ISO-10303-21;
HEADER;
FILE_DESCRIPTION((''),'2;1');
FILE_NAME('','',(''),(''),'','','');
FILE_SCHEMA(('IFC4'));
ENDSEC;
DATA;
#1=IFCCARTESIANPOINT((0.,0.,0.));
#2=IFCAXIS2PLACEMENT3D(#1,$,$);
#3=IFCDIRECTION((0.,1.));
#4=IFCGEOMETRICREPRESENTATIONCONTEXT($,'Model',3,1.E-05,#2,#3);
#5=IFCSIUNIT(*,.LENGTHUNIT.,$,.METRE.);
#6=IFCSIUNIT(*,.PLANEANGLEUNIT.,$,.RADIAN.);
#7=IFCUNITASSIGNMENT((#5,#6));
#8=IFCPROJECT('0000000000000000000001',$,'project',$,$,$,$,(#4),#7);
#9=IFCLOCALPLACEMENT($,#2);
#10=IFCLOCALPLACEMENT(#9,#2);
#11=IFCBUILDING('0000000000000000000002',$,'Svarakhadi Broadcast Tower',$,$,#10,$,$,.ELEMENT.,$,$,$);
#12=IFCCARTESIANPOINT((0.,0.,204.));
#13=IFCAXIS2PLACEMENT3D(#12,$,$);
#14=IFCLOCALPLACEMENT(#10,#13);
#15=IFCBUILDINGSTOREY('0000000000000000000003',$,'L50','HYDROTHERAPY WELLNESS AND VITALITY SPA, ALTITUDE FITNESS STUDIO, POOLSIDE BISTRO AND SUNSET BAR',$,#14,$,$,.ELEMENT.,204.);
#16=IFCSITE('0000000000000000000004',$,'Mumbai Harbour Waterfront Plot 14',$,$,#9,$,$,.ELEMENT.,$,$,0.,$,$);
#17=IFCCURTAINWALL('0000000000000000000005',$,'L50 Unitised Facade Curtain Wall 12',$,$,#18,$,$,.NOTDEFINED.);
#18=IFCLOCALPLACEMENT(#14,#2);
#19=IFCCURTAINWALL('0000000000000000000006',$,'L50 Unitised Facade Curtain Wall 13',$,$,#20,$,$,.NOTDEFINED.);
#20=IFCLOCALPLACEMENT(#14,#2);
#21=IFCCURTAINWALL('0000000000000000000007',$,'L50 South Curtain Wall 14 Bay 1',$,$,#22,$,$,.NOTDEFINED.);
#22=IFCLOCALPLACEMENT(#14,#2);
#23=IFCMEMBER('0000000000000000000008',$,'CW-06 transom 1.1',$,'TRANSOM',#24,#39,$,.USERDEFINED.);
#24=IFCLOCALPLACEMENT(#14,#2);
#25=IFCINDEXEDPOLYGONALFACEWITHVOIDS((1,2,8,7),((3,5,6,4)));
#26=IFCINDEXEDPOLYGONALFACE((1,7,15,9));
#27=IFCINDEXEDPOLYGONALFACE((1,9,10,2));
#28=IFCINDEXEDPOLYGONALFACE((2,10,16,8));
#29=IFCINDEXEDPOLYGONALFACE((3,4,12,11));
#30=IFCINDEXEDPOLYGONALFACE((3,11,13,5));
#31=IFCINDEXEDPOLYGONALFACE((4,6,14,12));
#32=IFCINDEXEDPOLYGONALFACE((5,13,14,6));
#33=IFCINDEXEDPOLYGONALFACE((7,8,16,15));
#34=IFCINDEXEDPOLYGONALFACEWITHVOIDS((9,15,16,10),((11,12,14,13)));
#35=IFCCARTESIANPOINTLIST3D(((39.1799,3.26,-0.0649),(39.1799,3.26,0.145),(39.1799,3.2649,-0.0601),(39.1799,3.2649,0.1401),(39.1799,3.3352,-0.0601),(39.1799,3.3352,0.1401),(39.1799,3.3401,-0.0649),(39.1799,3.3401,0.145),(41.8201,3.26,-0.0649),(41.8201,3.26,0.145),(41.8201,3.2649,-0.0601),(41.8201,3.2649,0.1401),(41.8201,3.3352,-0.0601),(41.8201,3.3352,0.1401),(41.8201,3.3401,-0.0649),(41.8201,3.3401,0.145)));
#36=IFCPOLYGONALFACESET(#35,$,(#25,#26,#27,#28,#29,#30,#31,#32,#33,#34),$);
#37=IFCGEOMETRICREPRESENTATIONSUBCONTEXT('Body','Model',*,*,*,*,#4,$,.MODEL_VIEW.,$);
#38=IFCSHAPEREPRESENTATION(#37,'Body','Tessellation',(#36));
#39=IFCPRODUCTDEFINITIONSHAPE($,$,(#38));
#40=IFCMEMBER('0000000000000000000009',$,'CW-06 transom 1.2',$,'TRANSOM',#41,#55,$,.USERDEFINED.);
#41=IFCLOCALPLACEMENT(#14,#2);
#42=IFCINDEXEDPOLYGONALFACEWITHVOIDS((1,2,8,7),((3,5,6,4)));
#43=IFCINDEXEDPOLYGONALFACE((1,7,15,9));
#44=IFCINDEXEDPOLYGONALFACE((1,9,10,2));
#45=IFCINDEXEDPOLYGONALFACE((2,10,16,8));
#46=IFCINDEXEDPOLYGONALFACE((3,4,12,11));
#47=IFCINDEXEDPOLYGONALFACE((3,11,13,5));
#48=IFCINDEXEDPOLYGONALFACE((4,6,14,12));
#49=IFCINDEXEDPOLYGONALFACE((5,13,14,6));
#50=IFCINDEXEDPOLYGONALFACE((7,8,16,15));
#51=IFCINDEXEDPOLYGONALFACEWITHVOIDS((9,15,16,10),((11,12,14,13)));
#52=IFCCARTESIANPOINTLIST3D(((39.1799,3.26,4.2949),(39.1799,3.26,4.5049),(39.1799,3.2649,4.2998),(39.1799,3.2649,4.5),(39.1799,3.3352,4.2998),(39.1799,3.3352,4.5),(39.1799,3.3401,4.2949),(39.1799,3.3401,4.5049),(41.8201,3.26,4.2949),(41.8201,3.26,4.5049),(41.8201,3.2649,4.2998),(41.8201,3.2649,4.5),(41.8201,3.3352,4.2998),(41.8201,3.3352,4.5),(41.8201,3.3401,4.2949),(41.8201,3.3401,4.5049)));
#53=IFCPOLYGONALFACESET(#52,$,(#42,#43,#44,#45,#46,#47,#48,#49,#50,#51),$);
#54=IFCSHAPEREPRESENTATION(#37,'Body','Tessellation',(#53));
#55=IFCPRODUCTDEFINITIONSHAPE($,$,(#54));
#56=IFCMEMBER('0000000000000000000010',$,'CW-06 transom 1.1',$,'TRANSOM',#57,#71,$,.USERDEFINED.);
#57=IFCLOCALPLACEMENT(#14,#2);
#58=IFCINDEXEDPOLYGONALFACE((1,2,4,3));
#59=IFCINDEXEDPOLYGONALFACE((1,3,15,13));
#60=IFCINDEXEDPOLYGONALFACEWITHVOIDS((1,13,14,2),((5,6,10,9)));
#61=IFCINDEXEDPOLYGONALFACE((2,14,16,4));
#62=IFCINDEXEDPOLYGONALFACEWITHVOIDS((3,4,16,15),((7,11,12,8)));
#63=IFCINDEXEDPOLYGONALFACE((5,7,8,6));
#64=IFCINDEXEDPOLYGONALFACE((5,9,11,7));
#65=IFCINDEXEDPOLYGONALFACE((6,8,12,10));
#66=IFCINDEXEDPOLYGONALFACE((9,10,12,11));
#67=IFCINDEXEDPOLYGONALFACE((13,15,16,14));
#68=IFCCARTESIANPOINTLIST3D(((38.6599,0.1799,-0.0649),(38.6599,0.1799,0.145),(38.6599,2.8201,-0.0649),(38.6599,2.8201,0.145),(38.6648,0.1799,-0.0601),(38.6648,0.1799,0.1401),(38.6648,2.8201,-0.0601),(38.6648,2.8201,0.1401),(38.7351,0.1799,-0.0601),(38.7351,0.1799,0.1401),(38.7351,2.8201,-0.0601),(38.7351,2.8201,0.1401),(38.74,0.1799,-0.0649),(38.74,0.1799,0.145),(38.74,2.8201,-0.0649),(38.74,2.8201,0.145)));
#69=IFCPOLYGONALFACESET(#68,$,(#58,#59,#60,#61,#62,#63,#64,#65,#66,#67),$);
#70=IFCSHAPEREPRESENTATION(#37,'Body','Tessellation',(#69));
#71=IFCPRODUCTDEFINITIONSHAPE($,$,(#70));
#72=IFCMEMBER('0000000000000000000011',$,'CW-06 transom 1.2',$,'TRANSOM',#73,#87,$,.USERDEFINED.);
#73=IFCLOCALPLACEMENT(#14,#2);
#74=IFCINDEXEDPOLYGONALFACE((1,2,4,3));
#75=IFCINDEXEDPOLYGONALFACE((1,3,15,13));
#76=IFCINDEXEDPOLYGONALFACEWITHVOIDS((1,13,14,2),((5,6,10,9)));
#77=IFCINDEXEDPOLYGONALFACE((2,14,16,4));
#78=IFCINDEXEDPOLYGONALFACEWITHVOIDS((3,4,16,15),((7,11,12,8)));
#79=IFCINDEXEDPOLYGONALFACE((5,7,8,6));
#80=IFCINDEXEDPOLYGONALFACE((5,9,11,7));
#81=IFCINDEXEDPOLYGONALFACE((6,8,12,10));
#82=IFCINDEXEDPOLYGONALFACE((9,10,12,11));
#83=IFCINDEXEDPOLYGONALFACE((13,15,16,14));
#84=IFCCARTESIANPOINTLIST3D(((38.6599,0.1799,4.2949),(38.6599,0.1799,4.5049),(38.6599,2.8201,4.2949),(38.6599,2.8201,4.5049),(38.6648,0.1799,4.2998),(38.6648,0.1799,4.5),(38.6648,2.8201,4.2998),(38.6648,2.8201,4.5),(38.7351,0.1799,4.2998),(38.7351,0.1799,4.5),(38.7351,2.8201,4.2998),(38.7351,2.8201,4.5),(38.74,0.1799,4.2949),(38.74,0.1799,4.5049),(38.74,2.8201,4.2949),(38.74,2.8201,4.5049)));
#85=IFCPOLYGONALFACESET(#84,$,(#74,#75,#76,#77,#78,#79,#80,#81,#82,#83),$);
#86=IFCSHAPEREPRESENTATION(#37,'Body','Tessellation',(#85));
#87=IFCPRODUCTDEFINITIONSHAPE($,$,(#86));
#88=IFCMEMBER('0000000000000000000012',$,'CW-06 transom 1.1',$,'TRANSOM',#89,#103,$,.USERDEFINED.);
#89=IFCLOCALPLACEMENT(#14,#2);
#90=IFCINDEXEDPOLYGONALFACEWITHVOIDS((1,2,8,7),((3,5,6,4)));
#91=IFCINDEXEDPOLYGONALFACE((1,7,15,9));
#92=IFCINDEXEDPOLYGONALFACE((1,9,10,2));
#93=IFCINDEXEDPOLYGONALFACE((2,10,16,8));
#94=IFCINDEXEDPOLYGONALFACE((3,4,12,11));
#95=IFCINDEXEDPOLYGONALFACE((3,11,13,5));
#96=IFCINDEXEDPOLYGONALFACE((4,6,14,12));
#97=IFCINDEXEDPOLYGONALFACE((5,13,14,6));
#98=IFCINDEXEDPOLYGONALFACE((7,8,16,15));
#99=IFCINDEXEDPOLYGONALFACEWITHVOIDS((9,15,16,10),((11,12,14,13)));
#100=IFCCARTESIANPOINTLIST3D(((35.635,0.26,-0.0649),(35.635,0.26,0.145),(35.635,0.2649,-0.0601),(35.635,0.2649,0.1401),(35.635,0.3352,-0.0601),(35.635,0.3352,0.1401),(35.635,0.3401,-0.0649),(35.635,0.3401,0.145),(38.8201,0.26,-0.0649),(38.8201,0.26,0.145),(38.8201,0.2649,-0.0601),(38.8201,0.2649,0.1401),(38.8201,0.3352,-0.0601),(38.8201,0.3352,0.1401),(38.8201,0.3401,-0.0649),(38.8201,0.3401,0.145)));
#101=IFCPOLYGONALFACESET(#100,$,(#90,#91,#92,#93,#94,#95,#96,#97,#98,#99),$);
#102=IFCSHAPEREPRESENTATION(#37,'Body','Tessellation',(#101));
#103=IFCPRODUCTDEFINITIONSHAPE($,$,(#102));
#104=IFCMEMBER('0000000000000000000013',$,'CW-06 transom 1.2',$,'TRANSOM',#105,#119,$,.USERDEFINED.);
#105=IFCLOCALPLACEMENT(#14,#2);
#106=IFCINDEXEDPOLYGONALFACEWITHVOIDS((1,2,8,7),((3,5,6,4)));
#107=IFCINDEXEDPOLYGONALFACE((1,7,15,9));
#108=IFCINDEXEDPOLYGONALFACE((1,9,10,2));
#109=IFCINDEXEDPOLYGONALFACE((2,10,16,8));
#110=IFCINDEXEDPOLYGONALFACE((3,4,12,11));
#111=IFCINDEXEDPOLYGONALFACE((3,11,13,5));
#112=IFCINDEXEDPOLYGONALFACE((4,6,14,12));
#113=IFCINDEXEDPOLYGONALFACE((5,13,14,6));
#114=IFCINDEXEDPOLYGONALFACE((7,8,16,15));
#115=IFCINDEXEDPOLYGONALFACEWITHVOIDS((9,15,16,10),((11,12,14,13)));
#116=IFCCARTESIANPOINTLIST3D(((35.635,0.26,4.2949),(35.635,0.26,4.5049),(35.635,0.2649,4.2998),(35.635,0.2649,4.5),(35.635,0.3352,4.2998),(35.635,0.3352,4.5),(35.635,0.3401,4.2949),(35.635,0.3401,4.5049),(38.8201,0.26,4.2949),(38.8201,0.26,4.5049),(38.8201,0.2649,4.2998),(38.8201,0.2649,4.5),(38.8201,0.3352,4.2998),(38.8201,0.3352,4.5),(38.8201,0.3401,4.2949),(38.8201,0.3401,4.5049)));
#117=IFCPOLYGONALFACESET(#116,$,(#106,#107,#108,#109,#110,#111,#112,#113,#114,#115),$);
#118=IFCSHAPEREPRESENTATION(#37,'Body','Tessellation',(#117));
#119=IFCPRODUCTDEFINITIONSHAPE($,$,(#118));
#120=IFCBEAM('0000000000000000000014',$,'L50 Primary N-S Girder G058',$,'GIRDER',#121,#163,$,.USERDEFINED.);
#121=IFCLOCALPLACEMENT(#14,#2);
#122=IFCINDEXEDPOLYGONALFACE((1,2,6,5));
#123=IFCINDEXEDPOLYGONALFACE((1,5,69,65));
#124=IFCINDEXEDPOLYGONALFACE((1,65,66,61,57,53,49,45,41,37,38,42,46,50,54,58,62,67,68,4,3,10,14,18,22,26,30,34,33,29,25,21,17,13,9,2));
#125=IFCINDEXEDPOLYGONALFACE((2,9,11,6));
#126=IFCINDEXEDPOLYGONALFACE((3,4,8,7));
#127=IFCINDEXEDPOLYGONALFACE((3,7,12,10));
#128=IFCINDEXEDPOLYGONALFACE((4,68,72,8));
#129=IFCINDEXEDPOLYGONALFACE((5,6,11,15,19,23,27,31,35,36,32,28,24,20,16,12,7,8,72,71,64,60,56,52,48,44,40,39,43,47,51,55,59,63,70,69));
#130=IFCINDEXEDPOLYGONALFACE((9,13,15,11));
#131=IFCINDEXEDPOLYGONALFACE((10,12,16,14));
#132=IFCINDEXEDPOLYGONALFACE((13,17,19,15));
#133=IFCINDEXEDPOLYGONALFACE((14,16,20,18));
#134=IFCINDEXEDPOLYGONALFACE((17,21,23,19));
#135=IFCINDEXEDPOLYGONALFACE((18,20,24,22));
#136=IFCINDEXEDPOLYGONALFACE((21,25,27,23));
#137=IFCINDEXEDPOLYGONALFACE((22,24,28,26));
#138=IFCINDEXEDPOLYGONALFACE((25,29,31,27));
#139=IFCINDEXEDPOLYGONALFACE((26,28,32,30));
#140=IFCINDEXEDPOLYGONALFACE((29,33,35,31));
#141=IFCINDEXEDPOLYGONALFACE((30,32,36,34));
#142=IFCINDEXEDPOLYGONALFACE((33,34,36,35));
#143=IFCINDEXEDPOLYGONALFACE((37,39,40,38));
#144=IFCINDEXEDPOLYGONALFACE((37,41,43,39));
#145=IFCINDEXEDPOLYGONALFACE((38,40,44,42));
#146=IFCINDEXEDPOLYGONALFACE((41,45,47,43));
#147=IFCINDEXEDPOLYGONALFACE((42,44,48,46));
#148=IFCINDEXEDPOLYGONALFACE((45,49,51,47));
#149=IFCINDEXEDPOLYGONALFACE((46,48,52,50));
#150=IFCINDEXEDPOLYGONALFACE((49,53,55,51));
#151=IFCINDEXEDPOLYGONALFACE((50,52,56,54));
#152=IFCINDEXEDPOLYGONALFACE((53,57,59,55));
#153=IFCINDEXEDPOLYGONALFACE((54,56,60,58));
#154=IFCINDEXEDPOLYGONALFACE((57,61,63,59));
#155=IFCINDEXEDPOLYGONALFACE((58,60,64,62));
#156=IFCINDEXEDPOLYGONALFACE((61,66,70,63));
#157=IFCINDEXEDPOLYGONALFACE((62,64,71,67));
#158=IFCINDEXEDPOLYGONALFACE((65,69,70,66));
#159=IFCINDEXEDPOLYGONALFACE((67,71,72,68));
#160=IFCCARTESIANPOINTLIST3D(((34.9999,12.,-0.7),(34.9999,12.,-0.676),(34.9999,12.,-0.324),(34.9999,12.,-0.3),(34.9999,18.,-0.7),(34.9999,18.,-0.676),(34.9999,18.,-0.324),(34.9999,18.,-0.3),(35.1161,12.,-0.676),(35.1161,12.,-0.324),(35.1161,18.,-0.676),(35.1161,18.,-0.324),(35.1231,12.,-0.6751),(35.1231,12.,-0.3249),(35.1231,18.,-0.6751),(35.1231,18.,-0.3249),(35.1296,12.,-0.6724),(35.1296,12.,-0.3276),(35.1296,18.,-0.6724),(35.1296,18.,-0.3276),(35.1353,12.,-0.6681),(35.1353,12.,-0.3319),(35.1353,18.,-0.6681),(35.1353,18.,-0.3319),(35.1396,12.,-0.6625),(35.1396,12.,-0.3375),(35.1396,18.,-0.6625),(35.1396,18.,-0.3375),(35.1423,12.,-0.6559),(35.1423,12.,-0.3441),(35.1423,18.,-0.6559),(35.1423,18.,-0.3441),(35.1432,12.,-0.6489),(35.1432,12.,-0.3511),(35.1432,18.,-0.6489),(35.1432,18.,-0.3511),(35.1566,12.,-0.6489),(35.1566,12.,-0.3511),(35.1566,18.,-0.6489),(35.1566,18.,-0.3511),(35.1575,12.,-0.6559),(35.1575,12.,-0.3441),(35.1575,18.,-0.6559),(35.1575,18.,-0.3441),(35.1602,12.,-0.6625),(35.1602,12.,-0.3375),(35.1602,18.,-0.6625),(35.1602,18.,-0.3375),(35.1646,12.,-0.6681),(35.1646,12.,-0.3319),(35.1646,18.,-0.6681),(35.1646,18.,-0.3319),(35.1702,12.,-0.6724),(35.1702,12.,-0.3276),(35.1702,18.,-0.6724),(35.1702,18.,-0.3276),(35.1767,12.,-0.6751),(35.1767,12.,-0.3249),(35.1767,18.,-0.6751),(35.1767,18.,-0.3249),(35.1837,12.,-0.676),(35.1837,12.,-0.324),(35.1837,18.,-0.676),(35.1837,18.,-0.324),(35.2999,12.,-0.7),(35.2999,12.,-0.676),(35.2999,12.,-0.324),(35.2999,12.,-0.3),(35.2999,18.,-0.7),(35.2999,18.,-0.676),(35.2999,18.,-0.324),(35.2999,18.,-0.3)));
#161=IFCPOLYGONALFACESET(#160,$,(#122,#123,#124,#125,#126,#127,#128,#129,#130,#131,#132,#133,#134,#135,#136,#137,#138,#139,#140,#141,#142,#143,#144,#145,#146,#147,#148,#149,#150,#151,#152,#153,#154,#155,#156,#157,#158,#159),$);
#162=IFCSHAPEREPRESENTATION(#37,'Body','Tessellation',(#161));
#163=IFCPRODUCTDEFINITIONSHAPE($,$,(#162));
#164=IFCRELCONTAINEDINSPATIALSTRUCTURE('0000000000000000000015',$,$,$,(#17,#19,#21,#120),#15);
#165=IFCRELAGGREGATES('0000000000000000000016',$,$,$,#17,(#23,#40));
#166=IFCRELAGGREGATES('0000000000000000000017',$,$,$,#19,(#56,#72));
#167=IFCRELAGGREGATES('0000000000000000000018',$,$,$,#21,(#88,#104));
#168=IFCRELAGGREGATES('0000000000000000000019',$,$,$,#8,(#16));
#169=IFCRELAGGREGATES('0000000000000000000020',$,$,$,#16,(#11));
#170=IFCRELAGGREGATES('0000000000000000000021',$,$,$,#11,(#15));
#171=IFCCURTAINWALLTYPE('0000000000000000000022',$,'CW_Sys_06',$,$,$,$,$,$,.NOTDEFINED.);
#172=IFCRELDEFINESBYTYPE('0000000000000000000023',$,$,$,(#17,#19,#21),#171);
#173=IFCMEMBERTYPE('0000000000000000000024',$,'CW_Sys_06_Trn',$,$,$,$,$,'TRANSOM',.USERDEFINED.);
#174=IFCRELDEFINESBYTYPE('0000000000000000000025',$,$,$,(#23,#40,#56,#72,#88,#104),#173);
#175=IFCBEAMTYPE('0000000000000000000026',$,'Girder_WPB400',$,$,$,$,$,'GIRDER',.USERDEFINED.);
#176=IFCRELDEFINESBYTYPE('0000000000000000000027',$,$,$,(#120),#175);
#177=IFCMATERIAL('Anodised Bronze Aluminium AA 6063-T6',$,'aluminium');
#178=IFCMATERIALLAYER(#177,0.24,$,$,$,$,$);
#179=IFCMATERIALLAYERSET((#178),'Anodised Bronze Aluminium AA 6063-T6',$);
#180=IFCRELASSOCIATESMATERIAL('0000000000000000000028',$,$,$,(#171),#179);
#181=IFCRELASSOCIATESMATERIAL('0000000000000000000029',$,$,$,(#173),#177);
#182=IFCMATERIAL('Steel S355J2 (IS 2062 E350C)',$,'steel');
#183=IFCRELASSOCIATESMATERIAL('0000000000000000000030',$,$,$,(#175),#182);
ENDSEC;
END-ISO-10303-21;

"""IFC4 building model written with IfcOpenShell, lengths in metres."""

from ifc_helpers import new_model, si_unit, direction, frame, origin, origin_2d, place, context, subcontext, project, spatial, hollow_rectangle, i_section, extrude, material, layer, layer_set, material_profile, profile_set, type_object, element, aggregate, save


model = new_model("IFC4")

# Units and contexts
model_context = context("Model", 3, precision=1e-05, world=origin(), true_north=direction((0.0, 1.0)))
body_context = subcontext(model_context, "Body", "Model", "MODEL_VIEW")
ifc_project = project(units=[si_unit("LENGTHUNIT", "METRE"), si_unit("PLANEANGLEUNIT", "RADIAN")], contexts=[model_context])

# Site, building, storey
site_placement = place(None, origin())
site = spatial("IfcSite", under=ifc_project, at=site_placement, Name="Mumbai Harbour Waterfront Plot 14", CompositionType="ELEMENT", RefElevation=0.0)
building_placement = place(site_placement, origin())
building = spatial("IfcBuilding", under=site, at=building_placement, Name="Svarakhadi Broadcast Tower", CompositionType="ELEMENT")
storey_placement = place(building_placement, frame((0.0, 0.0, 204.0)))
storey = spatial("IfcBuildingStorey", under=building, at=storey_placement, Name="L50", Description="HYDROTHERAPY WELLNESS AND VITALITY SPA, ALTITUDE FITNESS STUDIO, POOLSIDE BISTRO AND SUNSET BAR", CompositionType="ELEMENT", Elevation=204.0)

# Shared definitions
ifc_material_1 = material(Name="Steel S355J2 (IS 2062 E350C)", Category="steel")

# Curtain walls
ifc_material_2 = material(Name="Anodised Bronze Aluminium AA 6063-T6", Category="aluminium")
ifc_layer_1 = layer(ifc_material_2, 0.24)
ifc_layer_set_1 = layer_set([ifc_layer_1], Name="Anodised Bronze Aluminium AA 6063-T6")
curtain_wall_type = type_object("IfcCurtainWallType", Name="CW_Sys_06", PredefinedType="NOTDEFINED", material=ifc_layer_set_1)
curtain_wall_1_placement = place(storey_placement, origin())
curtain_wall_1 = element("IfcCurtainWall", 1, at=curtain_wall_1_placement, inside=storey, type_object=curtain_wall_type, Name="L50 Unitised Facade Curtain Wall 12", PredefinedType="NOTDEFINED")
curtain_wall_2_placement = place(storey_placement, origin())
curtain_wall_2 = element("IfcCurtainWall", 2, at=curtain_wall_2_placement, inside=storey, type_object=curtain_wall_type, Name="L50 Unitised Facade Curtain Wall 13", PredefinedType="NOTDEFINED")
curtain_wall_3_placement = place(storey_placement, origin())
curtain_wall_3 = element("IfcCurtainWall", 3, at=curtain_wall_3_placement, inside=storey, type_object=curtain_wall_type, Name="L50 South Curtain Wall 14 Bay 1", PredefinedType="NOTDEFINED")

# Members
ifc_material_profile_1 = material_profile(ifc_material_2, hollow_rectangle(XDim=0.0801, YDim=0.21, WallThickness=0.0049, at=origin_2d()), Name="ALU TRANSOM 210x80x5")
ifc_profile_set_1 = profile_set([ifc_material_profile_1], Name="Anodised Bronze Aluminium AA 6063-T6")
member_type_1 = type_object("IfcMemberType", Name="CW_Sys_06_Trn", ElementType="TRANSOM", PredefinedType="USERDEFINED", material=ifc_profile_set_1)
member_1_placement = place(storey_placement, frame((41.8201, 3.3, 0.04), z_axis=(-1.0, 0.0, 0.0), x_axis=(0.0, -1.0, 0.0)))
member_1 = element("IfcMember", 4, at=member_1_placement, type_object=member_type_1, Name="CW-06 transom 1.1", ObjectType="TRANSOM", PredefinedType="USERDEFINED", context=body_context, shape_type="SweptSolid", body=[
    extrude(hollow_rectangle(XDim=0.0801, YDim=0.21, WallThickness=0.0049, at=origin_2d()), origin(), (0.0, 0.0, 1.0), 2.6401),
])
member_2_placement = place(storey_placement, frame((41.8201, 3.3, 4.3999), z_axis=(-1.0, 0.0, 0.0), x_axis=(0.0, -1.0, 0.0)))
member_2 = element("IfcMember", 5, at=member_2_placement, type_object=member_type_1, Name="CW-06 transom 1.2", ObjectType="TRANSOM", PredefinedType="USERDEFINED", context=body_context, shape_type="SweptSolid", body=[
    extrude(hollow_rectangle(XDim=0.0801, YDim=0.21, WallThickness=0.0049, at=origin_2d()), origin(), (0.0, 0.0, 1.0), 2.6401),
])
member_3_placement = place(storey_placement, frame((38.7, 2.8201, 0.04), z_axis=(0.0, -1.0, 0.0), x_axis=(1.0, 0.0, 0.0)))
member_3 = element("IfcMember", 6, at=member_3_placement, type_object=member_type_1, Name="CW-06 transom 1.1", ObjectType="TRANSOM", PredefinedType="USERDEFINED", context=body_context, shape_type="SweptSolid", body=[
    extrude(hollow_rectangle(XDim=0.0801, YDim=0.21, WallThickness=0.0049, at=origin_2d()), origin(), (0.0, 0.0, 1.0), 2.6401),
])
member_4_placement = place(storey_placement, frame((38.7, 2.8201, 4.3999), z_axis=(0.0, -1.0, 0.0), x_axis=(1.0, 0.0, 0.0)))
member_4 = element("IfcMember", 7, at=member_4_placement, type_object=member_type_1, Name="CW-06 transom 1.2", ObjectType="TRANSOM", PredefinedType="USERDEFINED", context=body_context, shape_type="SweptSolid", body=[
    extrude(hollow_rectangle(XDim=0.0801, YDim=0.21, WallThickness=0.0049, at=origin_2d()), origin(), (0.0, 0.0, 1.0), 2.6401),
])
member_5_placement = place(storey_placement, frame((38.8201, 0.3, 0.04), z_axis=(-1.0, 0.0, 0.0), x_axis=(0.0, -1.0, 0.0)))
member_5 = element("IfcMember", 8, at=member_5_placement, type_object=member_type_1, Name="CW-06 transom 1.1", ObjectType="TRANSOM", PredefinedType="USERDEFINED", context=body_context, shape_type="SweptSolid", body=[
    extrude(hollow_rectangle(XDim=0.0801, YDim=0.21, WallThickness=0.0049, at=origin_2d()), origin(), (0.0, 0.0, 1.0), 3.1851),
])
member_6_placement = place(storey_placement, frame((38.8201, 0.3, 4.3999), z_axis=(-1.0, 0.0, 0.0), x_axis=(0.0, -1.0, 0.0)))
member_6 = element("IfcMember", 9, at=member_6_placement, type_object=member_type_1, Name="CW-06 transom 1.2", ObjectType="TRANSOM", PredefinedType="USERDEFINED", context=body_context, shape_type="SweptSolid", body=[
    extrude(hollow_rectangle(XDim=0.0801, YDim=0.21, WallThickness=0.0049, at=origin_2d()), origin(), (0.0, 0.0, 1.0), 3.1851),
])

# Beam
ifc_material_profile_2 = material_profile(ifc_material_1, i_section(OverallWidth=0.3, OverallDepth=0.3999, WebThickness=0.0134, FlangeThickness=0.0239, FilletRadius=0.0271, at=origin_2d()), Name="WPB 400x300x155")
ifc_profile_set_2 = profile_set([ifc_material_profile_2], Name="Steel S355J2 (IS 2062 E350C)")
beam_type_1 = type_object("IfcBeamType", Name="Girder_WPB400", ElementType="GIRDER", PredefinedType="USERDEFINED", material=ifc_profile_set_2)
for number, where, z_axis, x_axis, name in (
    (10, (35.1499, 12.0, -0.5), (0.0, 1.0, 0.0), (-1.0, 0.0, 0.0), "L50 Primary N-S Girder G058"),
):
    element("IfcBeam", number, at=place(storey_placement, frame(where, z_axis=z_axis, x_axis=x_axis)), inside=storey, type_object=beam_type_1, Name=name, ObjectType="GIRDER", PredefinedType="USERDEFINED", context=body_context, shape_type="SweptSolid", body=[
        extrude(i_section(OverallWidth=0.3, OverallDepth=0.3999, WebThickness=0.0134, FlangeThickness=0.0239, FilletRadius=0.0271, at=origin_2d()), origin(), (0.0, 0.0, 1.0), 6.0),
    ])

aggregate(curtain_wall_1, [member_1, member_2])
aggregate(curtain_wall_2, [member_3, member_4])
aggregate(curtain_wall_3, [member_5, member_6])

save(model, "model.ifc")
